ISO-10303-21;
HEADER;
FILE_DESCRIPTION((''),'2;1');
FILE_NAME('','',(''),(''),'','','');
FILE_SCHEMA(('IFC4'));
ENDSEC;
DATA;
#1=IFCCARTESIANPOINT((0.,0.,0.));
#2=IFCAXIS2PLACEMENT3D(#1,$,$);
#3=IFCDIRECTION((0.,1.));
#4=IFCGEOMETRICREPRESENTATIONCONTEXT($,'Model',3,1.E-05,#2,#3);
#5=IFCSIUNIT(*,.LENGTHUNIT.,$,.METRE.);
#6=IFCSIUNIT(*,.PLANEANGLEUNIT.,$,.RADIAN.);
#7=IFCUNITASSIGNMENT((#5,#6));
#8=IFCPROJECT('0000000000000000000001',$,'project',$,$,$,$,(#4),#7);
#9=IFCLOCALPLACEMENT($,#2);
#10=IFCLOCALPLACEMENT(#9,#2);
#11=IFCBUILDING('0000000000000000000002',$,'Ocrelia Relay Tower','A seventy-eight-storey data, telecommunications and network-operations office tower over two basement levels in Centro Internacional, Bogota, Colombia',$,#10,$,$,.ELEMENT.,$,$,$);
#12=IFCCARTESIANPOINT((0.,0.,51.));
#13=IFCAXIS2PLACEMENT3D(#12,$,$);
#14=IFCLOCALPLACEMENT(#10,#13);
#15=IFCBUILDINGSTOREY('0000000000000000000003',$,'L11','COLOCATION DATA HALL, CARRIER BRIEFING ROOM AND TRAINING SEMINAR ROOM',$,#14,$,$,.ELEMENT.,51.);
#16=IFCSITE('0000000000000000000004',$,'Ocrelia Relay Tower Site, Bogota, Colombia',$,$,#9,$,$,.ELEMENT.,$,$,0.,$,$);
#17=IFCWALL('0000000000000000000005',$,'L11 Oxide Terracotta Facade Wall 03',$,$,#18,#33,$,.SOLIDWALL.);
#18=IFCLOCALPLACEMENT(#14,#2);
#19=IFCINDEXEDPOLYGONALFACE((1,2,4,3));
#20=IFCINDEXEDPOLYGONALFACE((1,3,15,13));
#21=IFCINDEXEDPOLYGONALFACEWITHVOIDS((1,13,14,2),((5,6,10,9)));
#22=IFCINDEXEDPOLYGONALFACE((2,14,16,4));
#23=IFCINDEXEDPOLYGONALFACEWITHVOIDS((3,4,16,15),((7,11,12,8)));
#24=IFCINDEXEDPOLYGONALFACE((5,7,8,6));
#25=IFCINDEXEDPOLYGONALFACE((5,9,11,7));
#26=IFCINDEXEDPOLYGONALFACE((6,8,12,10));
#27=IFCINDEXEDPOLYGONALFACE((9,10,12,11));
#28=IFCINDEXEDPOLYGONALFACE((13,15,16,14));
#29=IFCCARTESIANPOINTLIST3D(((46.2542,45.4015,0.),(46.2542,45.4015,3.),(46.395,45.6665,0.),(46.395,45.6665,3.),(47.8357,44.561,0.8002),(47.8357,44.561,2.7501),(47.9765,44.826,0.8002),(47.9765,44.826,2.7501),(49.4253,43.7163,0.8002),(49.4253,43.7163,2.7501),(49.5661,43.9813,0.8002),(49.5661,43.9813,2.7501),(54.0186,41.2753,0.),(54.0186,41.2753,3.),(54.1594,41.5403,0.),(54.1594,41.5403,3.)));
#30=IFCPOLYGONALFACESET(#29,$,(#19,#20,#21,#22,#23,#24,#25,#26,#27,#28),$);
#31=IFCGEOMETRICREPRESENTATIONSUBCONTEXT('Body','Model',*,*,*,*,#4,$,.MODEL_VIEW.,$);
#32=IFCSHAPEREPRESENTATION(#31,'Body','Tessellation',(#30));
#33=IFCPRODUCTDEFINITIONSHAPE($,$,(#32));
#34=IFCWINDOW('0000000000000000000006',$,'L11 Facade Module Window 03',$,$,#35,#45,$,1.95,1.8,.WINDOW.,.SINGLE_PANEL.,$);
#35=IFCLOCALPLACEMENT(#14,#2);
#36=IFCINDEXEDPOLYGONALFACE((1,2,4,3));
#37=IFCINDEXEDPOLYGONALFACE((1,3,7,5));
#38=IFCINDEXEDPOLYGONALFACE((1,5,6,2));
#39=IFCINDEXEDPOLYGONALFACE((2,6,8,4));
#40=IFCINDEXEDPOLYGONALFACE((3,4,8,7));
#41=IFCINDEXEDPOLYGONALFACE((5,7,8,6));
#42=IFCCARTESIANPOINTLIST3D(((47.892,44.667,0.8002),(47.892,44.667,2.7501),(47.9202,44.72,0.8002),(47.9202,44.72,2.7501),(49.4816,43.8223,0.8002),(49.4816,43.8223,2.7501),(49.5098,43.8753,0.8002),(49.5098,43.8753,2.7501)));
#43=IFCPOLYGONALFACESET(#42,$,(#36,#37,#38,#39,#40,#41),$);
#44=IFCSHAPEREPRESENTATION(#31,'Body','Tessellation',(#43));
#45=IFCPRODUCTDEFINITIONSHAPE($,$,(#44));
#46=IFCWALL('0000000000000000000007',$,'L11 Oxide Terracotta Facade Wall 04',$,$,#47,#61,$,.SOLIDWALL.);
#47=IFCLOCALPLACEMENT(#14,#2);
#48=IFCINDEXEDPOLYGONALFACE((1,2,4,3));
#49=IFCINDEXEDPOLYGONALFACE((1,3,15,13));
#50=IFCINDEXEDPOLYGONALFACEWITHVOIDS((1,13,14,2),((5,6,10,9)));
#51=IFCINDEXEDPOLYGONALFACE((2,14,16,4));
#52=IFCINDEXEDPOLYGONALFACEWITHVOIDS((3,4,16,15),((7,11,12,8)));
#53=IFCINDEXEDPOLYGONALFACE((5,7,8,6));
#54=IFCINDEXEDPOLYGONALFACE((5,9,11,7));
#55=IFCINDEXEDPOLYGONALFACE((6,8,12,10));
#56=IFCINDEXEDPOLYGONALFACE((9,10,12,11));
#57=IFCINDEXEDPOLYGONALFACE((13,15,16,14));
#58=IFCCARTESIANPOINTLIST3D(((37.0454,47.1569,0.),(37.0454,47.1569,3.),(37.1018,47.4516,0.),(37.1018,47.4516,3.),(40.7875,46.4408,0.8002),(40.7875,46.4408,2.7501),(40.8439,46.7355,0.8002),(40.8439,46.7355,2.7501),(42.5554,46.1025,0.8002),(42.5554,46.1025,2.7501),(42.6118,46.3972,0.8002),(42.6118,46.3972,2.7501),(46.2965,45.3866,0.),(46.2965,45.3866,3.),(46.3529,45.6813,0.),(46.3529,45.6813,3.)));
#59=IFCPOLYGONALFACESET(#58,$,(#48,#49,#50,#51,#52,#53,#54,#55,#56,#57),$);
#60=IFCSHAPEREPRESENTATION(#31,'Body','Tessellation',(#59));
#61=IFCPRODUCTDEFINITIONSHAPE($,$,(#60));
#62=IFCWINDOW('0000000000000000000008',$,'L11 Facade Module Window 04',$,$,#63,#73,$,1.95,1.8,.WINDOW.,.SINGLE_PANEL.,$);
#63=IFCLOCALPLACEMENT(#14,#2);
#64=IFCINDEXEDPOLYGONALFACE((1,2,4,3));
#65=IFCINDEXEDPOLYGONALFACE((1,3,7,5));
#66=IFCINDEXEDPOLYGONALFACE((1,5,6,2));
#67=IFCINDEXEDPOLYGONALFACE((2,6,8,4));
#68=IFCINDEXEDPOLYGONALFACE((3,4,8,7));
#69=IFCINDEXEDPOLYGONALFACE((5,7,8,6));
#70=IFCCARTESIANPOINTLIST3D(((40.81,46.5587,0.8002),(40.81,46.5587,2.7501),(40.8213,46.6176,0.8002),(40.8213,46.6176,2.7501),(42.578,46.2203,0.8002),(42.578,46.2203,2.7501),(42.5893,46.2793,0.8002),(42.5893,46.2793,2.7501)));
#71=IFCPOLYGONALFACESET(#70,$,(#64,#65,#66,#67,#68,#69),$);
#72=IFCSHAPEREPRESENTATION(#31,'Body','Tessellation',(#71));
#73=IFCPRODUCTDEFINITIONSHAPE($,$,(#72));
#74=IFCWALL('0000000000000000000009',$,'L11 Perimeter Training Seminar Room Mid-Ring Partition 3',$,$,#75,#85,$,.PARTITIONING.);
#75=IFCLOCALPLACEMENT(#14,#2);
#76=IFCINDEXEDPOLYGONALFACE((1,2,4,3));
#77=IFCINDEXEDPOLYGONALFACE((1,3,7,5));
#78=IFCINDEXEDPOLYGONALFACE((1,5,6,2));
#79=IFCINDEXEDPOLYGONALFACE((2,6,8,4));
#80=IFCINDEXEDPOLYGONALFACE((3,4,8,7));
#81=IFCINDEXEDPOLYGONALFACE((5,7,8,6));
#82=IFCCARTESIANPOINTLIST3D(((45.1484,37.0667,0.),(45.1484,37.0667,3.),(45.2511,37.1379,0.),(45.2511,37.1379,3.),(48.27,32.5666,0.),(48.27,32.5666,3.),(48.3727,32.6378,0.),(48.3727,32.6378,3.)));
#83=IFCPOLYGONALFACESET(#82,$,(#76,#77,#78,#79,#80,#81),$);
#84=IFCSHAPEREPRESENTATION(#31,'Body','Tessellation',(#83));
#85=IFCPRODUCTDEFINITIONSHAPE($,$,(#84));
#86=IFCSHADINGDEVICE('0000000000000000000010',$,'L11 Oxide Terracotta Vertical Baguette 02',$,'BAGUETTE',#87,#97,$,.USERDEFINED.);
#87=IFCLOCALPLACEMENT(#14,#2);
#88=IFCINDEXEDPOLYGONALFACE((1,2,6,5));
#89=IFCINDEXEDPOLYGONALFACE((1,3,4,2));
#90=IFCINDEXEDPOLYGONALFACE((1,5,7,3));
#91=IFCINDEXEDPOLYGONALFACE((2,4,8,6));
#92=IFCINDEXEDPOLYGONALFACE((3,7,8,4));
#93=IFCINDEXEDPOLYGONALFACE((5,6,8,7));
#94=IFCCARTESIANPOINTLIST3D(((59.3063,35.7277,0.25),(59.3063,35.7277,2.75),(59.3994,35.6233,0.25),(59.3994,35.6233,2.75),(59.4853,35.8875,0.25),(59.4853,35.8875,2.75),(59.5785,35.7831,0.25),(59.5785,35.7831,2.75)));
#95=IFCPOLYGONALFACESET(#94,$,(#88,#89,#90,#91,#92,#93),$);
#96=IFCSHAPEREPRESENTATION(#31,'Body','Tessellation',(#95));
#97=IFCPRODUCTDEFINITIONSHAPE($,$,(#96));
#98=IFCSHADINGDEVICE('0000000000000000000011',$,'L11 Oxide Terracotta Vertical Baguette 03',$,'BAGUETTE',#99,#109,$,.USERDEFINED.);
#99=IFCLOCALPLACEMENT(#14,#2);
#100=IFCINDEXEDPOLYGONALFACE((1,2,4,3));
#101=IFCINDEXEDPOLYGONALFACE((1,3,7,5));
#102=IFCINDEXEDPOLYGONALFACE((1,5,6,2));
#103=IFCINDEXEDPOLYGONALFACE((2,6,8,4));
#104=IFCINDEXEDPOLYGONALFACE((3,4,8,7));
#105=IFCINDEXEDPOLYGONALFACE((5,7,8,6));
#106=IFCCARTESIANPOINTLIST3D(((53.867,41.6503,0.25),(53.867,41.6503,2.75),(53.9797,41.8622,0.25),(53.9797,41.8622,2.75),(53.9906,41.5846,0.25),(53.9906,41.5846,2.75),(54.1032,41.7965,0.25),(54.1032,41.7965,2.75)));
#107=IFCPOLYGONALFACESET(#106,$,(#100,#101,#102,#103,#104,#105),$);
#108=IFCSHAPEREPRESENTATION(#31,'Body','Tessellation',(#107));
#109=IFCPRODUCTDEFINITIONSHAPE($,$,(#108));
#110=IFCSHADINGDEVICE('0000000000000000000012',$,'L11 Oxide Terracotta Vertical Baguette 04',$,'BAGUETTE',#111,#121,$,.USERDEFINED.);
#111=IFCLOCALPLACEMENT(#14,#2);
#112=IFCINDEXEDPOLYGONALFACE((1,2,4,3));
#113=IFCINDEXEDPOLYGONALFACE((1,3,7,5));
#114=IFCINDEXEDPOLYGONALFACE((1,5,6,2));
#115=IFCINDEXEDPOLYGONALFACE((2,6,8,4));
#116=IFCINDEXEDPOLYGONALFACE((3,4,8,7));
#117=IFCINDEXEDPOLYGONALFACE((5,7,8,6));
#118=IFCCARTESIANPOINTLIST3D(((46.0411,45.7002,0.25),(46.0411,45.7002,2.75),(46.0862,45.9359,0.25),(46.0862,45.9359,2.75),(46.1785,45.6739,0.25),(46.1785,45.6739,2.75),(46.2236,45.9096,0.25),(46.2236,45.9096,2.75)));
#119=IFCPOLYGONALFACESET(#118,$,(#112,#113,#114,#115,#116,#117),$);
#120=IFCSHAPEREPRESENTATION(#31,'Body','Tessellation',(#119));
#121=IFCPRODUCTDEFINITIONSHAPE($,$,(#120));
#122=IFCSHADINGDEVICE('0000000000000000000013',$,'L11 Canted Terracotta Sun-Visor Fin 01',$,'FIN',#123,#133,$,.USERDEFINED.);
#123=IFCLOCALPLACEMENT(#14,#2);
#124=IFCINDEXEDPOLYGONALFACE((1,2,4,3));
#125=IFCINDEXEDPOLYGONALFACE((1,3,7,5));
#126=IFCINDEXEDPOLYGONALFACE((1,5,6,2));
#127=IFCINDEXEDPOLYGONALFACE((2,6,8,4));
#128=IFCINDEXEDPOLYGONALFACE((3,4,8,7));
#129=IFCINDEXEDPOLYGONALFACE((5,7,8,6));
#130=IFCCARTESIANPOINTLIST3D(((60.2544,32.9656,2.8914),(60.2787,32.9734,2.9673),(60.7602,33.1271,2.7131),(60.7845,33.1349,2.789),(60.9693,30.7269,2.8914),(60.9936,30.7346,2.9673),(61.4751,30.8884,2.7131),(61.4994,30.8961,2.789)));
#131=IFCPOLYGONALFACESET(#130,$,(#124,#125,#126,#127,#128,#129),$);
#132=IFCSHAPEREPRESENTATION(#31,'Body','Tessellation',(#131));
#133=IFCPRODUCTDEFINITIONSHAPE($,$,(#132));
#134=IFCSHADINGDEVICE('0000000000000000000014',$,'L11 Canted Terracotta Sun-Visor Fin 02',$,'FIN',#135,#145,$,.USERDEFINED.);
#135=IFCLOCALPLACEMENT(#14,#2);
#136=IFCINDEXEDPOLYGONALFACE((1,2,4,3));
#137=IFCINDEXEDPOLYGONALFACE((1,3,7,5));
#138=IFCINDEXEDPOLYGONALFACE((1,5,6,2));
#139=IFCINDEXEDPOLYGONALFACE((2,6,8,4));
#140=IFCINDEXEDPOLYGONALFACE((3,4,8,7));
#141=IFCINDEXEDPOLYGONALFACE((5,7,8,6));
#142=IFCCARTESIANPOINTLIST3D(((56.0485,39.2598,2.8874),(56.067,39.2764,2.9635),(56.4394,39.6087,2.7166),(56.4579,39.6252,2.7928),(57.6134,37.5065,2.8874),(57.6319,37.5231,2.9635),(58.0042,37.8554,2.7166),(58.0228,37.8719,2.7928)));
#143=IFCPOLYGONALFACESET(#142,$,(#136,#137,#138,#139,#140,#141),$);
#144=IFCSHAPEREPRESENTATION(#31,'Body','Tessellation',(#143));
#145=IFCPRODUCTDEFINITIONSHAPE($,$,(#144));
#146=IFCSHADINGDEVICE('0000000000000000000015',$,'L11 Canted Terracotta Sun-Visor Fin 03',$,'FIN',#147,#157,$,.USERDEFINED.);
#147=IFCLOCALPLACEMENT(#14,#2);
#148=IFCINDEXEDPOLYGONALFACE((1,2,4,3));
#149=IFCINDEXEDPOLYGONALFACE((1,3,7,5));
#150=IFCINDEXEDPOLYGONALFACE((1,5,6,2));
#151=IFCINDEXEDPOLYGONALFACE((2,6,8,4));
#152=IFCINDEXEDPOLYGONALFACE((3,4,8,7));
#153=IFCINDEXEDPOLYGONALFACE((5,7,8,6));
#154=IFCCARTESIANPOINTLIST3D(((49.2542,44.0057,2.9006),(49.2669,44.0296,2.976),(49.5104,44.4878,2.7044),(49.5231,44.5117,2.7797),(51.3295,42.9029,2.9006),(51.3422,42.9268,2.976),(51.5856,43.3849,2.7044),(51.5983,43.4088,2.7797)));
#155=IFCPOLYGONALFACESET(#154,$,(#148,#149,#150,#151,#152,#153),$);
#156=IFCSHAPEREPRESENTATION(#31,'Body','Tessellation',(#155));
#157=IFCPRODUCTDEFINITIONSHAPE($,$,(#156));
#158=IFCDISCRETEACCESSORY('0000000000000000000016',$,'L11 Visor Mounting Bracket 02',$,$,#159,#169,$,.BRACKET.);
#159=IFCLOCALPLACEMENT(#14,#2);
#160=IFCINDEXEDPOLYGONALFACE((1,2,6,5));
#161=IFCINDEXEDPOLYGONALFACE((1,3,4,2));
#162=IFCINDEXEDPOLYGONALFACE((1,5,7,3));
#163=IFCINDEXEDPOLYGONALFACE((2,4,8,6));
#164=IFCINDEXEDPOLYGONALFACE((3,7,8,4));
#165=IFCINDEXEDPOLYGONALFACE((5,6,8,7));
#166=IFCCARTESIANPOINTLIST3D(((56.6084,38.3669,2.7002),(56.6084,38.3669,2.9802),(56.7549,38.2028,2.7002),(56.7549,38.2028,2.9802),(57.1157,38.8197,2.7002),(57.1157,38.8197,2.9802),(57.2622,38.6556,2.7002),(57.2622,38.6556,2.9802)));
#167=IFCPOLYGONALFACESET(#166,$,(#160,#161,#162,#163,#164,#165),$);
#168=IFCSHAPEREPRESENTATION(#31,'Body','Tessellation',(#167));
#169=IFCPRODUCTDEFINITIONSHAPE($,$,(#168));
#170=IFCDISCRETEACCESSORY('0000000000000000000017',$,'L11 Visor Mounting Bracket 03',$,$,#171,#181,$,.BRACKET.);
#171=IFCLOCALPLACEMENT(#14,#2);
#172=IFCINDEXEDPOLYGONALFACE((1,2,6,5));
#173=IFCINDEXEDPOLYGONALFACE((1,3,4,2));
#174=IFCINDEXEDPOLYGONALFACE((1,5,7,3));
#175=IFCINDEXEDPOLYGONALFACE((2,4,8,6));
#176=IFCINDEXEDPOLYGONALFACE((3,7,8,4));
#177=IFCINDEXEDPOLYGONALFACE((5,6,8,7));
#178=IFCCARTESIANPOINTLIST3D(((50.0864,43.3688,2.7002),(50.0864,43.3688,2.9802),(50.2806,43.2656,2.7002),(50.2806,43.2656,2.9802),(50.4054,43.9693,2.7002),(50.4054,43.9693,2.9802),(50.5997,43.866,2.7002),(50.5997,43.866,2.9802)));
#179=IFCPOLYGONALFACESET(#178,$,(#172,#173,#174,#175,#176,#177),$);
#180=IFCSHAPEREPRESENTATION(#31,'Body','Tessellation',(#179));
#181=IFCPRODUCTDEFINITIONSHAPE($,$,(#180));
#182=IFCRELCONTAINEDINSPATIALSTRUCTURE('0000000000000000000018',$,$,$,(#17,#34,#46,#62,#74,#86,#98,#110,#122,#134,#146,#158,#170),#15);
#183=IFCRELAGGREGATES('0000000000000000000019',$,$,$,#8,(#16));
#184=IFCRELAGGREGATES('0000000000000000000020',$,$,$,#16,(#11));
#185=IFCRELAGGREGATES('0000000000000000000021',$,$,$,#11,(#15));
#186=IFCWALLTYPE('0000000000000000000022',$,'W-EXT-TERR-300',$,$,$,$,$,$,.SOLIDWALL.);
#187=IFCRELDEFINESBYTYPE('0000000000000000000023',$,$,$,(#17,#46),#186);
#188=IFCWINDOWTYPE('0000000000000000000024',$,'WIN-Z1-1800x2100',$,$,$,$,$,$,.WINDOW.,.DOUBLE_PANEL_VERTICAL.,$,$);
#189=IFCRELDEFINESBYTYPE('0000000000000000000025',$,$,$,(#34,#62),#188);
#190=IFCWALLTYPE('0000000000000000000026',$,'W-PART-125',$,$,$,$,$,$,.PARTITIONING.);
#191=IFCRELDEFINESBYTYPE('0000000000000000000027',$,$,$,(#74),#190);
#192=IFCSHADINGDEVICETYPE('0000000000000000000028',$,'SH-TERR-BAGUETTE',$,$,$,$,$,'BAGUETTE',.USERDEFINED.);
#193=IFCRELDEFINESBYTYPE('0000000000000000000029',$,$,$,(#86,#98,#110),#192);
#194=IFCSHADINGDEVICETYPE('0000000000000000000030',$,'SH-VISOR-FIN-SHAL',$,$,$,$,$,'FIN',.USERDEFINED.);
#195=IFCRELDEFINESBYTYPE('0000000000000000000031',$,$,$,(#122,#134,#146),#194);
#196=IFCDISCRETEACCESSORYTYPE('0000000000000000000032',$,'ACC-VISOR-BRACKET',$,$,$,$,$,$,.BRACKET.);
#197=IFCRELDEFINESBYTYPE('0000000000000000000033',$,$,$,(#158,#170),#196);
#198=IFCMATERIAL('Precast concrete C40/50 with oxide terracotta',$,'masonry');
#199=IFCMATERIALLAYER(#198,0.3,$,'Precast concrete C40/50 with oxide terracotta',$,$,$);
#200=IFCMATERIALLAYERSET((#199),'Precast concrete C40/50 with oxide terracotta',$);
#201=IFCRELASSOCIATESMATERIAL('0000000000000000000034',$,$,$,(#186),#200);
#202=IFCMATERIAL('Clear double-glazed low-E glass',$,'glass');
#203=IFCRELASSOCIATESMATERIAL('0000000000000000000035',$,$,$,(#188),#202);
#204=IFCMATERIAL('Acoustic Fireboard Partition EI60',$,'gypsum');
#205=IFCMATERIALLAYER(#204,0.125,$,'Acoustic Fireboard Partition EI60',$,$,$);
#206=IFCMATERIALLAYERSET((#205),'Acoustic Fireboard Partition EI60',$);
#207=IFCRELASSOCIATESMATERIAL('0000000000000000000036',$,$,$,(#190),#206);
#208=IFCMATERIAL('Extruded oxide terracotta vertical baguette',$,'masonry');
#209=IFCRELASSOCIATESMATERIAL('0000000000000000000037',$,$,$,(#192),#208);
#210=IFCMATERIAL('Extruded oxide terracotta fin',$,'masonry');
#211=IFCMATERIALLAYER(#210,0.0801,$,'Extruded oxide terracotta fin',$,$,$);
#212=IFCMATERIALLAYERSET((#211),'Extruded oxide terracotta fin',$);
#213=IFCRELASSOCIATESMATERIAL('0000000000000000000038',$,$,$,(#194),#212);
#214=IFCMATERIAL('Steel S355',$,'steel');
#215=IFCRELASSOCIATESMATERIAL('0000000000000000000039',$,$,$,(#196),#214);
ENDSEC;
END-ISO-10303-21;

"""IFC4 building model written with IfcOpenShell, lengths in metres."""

from ifc_helpers import new_model, si_unit, direction, frame, frame_2d, origin, origin_2d, place, context, subcontext, project, spatial, rectangle, extrude, material, layer, layer_set, type_object, element, fill, save


model = new_model("IFC4")

# Units and contexts
model_context = context("Model", 3, precision=1e-05, world=origin(), true_north=direction((0.0, 1.0)))
body_context = subcontext(model_context, "Body", "Model", "MODEL_VIEW")
ifc_project = project(units=[si_unit("LENGTHUNIT", "METRE"), si_unit("PLANEANGLEUNIT", "RADIAN")], contexts=[model_context])

# Site, building, storey
site_placement = place(None, origin())
site = spatial("IfcSite", under=ifc_project, at=site_placement, Name="Ocrelia Relay Tower Site, Bogota, Colombia", CompositionType="ELEMENT", RefElevation=0.0)
building_placement = place(site_placement, origin())
building = spatial("IfcBuilding", under=site, at=building_placement, Name="Ocrelia Relay Tower", Description="A seventy-eight-storey data, telecommunications and network-operations office tower over two basement levels in Centro Internacional, Bogota, Colombia", CompositionType="ELEMENT")
storey_placement = place(building_placement, frame((0.0, 0.0, 51.0)))
storey = spatial("IfcBuildingStorey", under=building, at=storey_placement, Name="L11", Description="COLOCATION DATA HALL, CARRIER BRIEFING ROOM AND TRAINING SEMINAR ROOM", CompositionType="ELEMENT", Elevation=51.0)

# Shared definitions
ifc_material_1 = material(Name="Steel S355", Category="steel")

# Shared definitions
ifc_material_2 = material(Name="Clear double-glazed low-E glass", Category="glass")

# Walls, openings, windows
ifc_material_3 = material(Name="Precast concrete C40/50 with oxide terracotta", Category="masonry")
ifc_layer_1 = layer(ifc_material_3, 0.3, Name="Precast concrete C40/50 with oxide terracotta")
ifc_layer_set_1 = layer_set([ifc_layer_1], Name="Precast concrete C40/50 with oxide terracotta")
wall_type_1 = type_object("IfcWallType", Name="W-EXT-TERR-300", PredefinedType="SOLIDWALL", material=ifc_layer_set_1)
window_type = type_object("IfcWindowType", Name="WIN-Z1-1800x2100", PartitioningType="DOUBLE_PANEL_VERTICAL", PredefinedType="WINDOW", material=ifc_material_2)
wall_1_placement = place(storey_placement, frame((54.0891, 41.4077, 0.0), z_axis=(0.0, 0.0, 1.0), x_axis=(-0.883051, 0.469278, 0.0)))
wall_1 = element("IfcWall", 1, at=wall_1_placement, inside=storey, type_object=wall_type_1, Name="L11 Oxide Terracotta Facade Wall 03", PredefinedType="SOLIDWALL", context=body_context, shape_type="SweptSolid", body=[
    extrude(rectangle(XDim=8.7927, YDim=0.3, at=frame_2d((4.3965, 0.0))), origin(), (0.0, 0.0, 1.0), 3.0),
])
opening_1_placement = place(wall_1_placement, frame((5.2019, 0.0, 0.8)))
opening_1 = element("IfcOpeningElement", 2, at=opening_1_placement, cuts=wall_1, PredefinedType="OPENING", context=body_context, shape_type="SweptSolid", body=[
    extrude(rectangle(XDim=1.8, YDim=1.95, at=frame_2d((0.8999, 0.9751))), frame((0.0, 0.1602, 0.0), z_axis=(0.0, -1.0, 0.0), x_axis=(1.0, 0.0, 0.0)), (0.0, 0.0, 1.0), 0.3201),
])
window_1_placement = place(opening_1_placement, origin())
window_1 = element("IfcWindow", 3, at=window_1_placement, inside=storey, type_object=window_type, Name="L11 Facade Module Window 03", OverallHeight=1.95, OverallWidth=1.8, PartitioningType="SINGLE_PANEL", PredefinedType="WINDOW", context=body_context, shape_type="SweptSolid", body=[
    extrude(rectangle(XDim=1.8, YDim=1.95, at=frame_2d((0.8999, 0.9751))), frame((0.0, 0.03, 0.0), z_axis=(0.0, -1.0, 0.0), x_axis=(1.0, 0.0, 0.0)), (0.0, 0.0, 1.0), 0.0601),
])
fill(opening_1, window_1)
wall_2_placement = place(storey_placement, frame((46.3247, 45.5339, 0.0), z_axis=(0.0, 0.0, 1.0), x_axis=(-0.982179, 0.187949, 0.0)))
wall_2 = element("IfcWall", 4, at=wall_2_placement, inside=storey, type_object=wall_type_1, Name="L11 Oxide Terracotta Facade Wall 04", PredefinedType="SOLIDWALL", context=body_context, shape_type="SweptSolid", body=[
    extrude(rectangle(XDim=9.4189, YDim=0.3, at=frame_2d((4.7095, 0.0))), origin(), (0.0, 0.0, 1.0), 3.0),
])
opening_2_placement = place(wall_2_placement, frame((3.8091, 0.0, 0.8)))
opening_2 = element("IfcOpeningElement", 5, at=opening_2_placement, cuts=wall_2, PredefinedType="OPENING", context=body_context, shape_type="SweptSolid", body=[
    extrude(rectangle(XDim=1.8, YDim=1.95, at=frame_2d((0.8999, 0.9751))), frame((0.0, 0.1602, 0.0), z_axis=(0.0, -1.0, 0.0), x_axis=(1.0, 0.0, 0.0)), (0.0, 0.0, 1.0), 0.3201),
])
window_2_placement = place(opening_2_placement, origin())
window_2 = element("IfcWindow", 6, at=window_2_placement, inside=storey, type_object=window_type, Name="L11 Facade Module Window 04", OverallHeight=1.95, OverallWidth=1.8, PartitioningType="SINGLE_PANEL", PredefinedType="WINDOW", context=body_context, shape_type="SweptSolid", body=[
    extrude(rectangle(XDim=1.8, YDim=1.95, at=frame_2d((0.8999, 0.9751))), frame((0.0, 0.03, 0.0), z_axis=(0.0, -1.0, 0.0), x_axis=(1.0, 0.0, 0.0)), (0.0, 0.0, 1.0), 0.0601),
])
fill(opening_2, window_2)

# Wall
ifc_material_4 = material(Name="Acoustic Fireboard Partition EI60", Category="gypsum")
ifc_layer_2 = layer(ifc_material_4, 0.125, Name="Acoustic Fireboard Partition EI60")
ifc_layer_set_2 = layer_set([ifc_layer_2], Name="Acoustic Fireboard Partition EI60")
wall_type_2 = type_object("IfcWallType", Name="W-PART-125", PredefinedType="PARTITIONING", material=ifc_layer_set_2)
wall_3_placement = place(storey_placement, frame((48.3213, 32.6023, 0.0), z_axis=(0.0, 0.0, 1.0), x_axis=(-0.569975, 0.821662, 0.0)))
element("IfcWall", 7, at=wall_3_placement, inside=storey, type_object=wall_type_2, Name="L11 Perimeter Training Seminar Room Mid-Ring Partition 3", PredefinedType="PARTITIONING", context=body_context, shape_type="SweptSolid", body=[
    extrude(rectangle(XDim=5.4768, YDim=0.125, at=frame_2d((2.7383, 0.0))), origin(), (0.0, 0.0, 1.0), 3.0),
])

# Shading devices
ifc_material_5 = material(Name="Extruded oxide terracotta vertical baguette", Category="masonry")
shading_device_type_1 = type_object("IfcShadingDeviceType", Name="SH-TERR-BAGUETTE", ElementType="BAGUETTE", PredefinedType="USERDEFINED", material=ifc_material_5)
for number, where, z_axis, x_axis, name in (
    (8, (59.4424, 35.7554, 0.25), (0.0, 0.0, 1.0), (-0.665878, 0.746061, 0.0), "L11 Oxide Terracotta Vertical Baguette 02"),
    (9, (53.9851, 41.7234, 0.25), (0.0, 0.0, 1.0), (-0.883049, 0.469281, 0.0), "L11 Oxide Terracotta Vertical Baguette 03"),
    (10, (46.1323, 45.8049, 0.25), (0.0, 0.0, 1.0), (-0.982182, 0.187932, 0.0), "L11 Oxide Terracotta Vertical Baguette 04"),
):
    element("IfcShadingDevice", number, at=place(storey_placement, frame(where, z_axis=z_axis, x_axis=x_axis)), inside=storey, type_object=shading_device_type_1, Name=name, ObjectType="BAGUETTE", PredefinedType="USERDEFINED", context=body_context, shape_type="SweptSolid", body=[
        extrude(rectangle(XDim=0.1399, YDim=0.24, at=origin_2d()), origin(), (0.0, 0.0, 1.0), 2.5),
    ])
ifc_material_6 = material(Name="Extruded oxide terracotta fin", Category="masonry")
ifc_layer_3 = layer(ifc_material_6, 0.0801, Name="Extruded oxide terracotta fin")
ifc_layer_set_3 = layer_set([ifc_layer_3], Name="Extruded oxide terracotta fin")
shading_device_type_2 = type_object("IfcShadingDeviceType", Name="SH-VISOR-FIN-SHAL", ElementType="FIN", PredefinedType="USERDEFINED", material=ifc_layer_set_3)
shading_device_1_placement = place(storey_placement, frame((60.8647, 31.927, 2.8022), z_axis=(0.303371, 0.096876, 0.947935), x_axis=(-0.304199, 0.952608, 0.0)))
element("IfcShadingDevice", 11, at=shading_device_1_placement, inside=storey, type_object=shading_device_type_2, Name="L11 Canted Terracotta Sun-Visor Fin 01", ObjectType="FIN", PredefinedType="USERDEFINED", context=body_context, shape_type="SweptSolid", body=[
    extrude(rectangle(XDim=2.3501, YDim=0.5601, at=origin_2d()), origin(), (0.0, 0.0, 1.0), 0.0801),
])
shading_device_2_placement = place(storey_placement, frame((57.0264, 38.5576, 2.802), z_axis=(0.231165, 0.20632, 0.950786), x_axis=(-0.665878, 0.746061, 0.0)))
element("IfcShadingDevice", 12, at=shading_device_2_placement, inside=storey, type_object=shading_device_type_2, Name="L11 Canted Terracotta Sun-Visor Fin 02", ObjectType="FIN", PredefinedType="USERDEFINED", context=body_context, shape_type="SweptSolid", body=[
    extrude(rectangle(XDim=2.3501, YDim=0.551, at=origin_2d()), origin(), (0.0, 0.0, 1.0), 0.0801),
])
shading_device_3_placement = place(storey_placement, frame((50.4199, 43.6953, 2.8025), z_axis=(0.158732, 0.298687, 0.941058), x_axis=(-0.883049, 0.469281, 0.0)))
element("IfcShadingDevice", 13, at=shading_device_3_placement, inside=storey, type_object=shading_device_type_2, Name="L11 Canted Terracotta Sun-Visor Fin 03", ObjectType="FIN", PredefinedType="USERDEFINED", context=body_context, shape_type="SweptSolid", body=[
    extrude(rectangle(XDim=2.3501, YDim=0.5801, at=origin_2d()), origin(), (0.0, 0.0, 1.0), 0.0801),
])

# Discrete accessories
discrete_accessory_type = type_object("IfcDiscreteAccessoryType", Name="ACC-VISOR-BRACKET", PredefinedType="BRACKET", material=ifc_material_1)
for number, where, z_axis, x_axis, name in (
    (14, (56.9353, 38.5112, 2.7002), (0.0, 0.0, 1.0), (-0.665878, 0.746061, 0.0), "L11 Visor Mounting Bracket 02"),
    (15, (50.343, 43.6174, 2.7002), (0.0, 0.0, 1.0), (-0.883049, 0.469281, 0.0), "L11 Visor Mounting Bracket 03"),
):
    element("IfcDiscreteAccessory", number, at=place(storey_placement, frame(where, z_axis=z_axis, x_axis=x_axis)), inside=storey, type_object=discrete_accessory_type, Name=name, PredefinedType="BRACKET", context=body_context, shape_type="SweptSolid", body=[
        extrude(rectangle(XDim=0.22, YDim=0.6799, at=origin_2d()), origin(), (0.0, 0.0, 1.0), 0.28),
    ])

save(model, "model.ifc")
